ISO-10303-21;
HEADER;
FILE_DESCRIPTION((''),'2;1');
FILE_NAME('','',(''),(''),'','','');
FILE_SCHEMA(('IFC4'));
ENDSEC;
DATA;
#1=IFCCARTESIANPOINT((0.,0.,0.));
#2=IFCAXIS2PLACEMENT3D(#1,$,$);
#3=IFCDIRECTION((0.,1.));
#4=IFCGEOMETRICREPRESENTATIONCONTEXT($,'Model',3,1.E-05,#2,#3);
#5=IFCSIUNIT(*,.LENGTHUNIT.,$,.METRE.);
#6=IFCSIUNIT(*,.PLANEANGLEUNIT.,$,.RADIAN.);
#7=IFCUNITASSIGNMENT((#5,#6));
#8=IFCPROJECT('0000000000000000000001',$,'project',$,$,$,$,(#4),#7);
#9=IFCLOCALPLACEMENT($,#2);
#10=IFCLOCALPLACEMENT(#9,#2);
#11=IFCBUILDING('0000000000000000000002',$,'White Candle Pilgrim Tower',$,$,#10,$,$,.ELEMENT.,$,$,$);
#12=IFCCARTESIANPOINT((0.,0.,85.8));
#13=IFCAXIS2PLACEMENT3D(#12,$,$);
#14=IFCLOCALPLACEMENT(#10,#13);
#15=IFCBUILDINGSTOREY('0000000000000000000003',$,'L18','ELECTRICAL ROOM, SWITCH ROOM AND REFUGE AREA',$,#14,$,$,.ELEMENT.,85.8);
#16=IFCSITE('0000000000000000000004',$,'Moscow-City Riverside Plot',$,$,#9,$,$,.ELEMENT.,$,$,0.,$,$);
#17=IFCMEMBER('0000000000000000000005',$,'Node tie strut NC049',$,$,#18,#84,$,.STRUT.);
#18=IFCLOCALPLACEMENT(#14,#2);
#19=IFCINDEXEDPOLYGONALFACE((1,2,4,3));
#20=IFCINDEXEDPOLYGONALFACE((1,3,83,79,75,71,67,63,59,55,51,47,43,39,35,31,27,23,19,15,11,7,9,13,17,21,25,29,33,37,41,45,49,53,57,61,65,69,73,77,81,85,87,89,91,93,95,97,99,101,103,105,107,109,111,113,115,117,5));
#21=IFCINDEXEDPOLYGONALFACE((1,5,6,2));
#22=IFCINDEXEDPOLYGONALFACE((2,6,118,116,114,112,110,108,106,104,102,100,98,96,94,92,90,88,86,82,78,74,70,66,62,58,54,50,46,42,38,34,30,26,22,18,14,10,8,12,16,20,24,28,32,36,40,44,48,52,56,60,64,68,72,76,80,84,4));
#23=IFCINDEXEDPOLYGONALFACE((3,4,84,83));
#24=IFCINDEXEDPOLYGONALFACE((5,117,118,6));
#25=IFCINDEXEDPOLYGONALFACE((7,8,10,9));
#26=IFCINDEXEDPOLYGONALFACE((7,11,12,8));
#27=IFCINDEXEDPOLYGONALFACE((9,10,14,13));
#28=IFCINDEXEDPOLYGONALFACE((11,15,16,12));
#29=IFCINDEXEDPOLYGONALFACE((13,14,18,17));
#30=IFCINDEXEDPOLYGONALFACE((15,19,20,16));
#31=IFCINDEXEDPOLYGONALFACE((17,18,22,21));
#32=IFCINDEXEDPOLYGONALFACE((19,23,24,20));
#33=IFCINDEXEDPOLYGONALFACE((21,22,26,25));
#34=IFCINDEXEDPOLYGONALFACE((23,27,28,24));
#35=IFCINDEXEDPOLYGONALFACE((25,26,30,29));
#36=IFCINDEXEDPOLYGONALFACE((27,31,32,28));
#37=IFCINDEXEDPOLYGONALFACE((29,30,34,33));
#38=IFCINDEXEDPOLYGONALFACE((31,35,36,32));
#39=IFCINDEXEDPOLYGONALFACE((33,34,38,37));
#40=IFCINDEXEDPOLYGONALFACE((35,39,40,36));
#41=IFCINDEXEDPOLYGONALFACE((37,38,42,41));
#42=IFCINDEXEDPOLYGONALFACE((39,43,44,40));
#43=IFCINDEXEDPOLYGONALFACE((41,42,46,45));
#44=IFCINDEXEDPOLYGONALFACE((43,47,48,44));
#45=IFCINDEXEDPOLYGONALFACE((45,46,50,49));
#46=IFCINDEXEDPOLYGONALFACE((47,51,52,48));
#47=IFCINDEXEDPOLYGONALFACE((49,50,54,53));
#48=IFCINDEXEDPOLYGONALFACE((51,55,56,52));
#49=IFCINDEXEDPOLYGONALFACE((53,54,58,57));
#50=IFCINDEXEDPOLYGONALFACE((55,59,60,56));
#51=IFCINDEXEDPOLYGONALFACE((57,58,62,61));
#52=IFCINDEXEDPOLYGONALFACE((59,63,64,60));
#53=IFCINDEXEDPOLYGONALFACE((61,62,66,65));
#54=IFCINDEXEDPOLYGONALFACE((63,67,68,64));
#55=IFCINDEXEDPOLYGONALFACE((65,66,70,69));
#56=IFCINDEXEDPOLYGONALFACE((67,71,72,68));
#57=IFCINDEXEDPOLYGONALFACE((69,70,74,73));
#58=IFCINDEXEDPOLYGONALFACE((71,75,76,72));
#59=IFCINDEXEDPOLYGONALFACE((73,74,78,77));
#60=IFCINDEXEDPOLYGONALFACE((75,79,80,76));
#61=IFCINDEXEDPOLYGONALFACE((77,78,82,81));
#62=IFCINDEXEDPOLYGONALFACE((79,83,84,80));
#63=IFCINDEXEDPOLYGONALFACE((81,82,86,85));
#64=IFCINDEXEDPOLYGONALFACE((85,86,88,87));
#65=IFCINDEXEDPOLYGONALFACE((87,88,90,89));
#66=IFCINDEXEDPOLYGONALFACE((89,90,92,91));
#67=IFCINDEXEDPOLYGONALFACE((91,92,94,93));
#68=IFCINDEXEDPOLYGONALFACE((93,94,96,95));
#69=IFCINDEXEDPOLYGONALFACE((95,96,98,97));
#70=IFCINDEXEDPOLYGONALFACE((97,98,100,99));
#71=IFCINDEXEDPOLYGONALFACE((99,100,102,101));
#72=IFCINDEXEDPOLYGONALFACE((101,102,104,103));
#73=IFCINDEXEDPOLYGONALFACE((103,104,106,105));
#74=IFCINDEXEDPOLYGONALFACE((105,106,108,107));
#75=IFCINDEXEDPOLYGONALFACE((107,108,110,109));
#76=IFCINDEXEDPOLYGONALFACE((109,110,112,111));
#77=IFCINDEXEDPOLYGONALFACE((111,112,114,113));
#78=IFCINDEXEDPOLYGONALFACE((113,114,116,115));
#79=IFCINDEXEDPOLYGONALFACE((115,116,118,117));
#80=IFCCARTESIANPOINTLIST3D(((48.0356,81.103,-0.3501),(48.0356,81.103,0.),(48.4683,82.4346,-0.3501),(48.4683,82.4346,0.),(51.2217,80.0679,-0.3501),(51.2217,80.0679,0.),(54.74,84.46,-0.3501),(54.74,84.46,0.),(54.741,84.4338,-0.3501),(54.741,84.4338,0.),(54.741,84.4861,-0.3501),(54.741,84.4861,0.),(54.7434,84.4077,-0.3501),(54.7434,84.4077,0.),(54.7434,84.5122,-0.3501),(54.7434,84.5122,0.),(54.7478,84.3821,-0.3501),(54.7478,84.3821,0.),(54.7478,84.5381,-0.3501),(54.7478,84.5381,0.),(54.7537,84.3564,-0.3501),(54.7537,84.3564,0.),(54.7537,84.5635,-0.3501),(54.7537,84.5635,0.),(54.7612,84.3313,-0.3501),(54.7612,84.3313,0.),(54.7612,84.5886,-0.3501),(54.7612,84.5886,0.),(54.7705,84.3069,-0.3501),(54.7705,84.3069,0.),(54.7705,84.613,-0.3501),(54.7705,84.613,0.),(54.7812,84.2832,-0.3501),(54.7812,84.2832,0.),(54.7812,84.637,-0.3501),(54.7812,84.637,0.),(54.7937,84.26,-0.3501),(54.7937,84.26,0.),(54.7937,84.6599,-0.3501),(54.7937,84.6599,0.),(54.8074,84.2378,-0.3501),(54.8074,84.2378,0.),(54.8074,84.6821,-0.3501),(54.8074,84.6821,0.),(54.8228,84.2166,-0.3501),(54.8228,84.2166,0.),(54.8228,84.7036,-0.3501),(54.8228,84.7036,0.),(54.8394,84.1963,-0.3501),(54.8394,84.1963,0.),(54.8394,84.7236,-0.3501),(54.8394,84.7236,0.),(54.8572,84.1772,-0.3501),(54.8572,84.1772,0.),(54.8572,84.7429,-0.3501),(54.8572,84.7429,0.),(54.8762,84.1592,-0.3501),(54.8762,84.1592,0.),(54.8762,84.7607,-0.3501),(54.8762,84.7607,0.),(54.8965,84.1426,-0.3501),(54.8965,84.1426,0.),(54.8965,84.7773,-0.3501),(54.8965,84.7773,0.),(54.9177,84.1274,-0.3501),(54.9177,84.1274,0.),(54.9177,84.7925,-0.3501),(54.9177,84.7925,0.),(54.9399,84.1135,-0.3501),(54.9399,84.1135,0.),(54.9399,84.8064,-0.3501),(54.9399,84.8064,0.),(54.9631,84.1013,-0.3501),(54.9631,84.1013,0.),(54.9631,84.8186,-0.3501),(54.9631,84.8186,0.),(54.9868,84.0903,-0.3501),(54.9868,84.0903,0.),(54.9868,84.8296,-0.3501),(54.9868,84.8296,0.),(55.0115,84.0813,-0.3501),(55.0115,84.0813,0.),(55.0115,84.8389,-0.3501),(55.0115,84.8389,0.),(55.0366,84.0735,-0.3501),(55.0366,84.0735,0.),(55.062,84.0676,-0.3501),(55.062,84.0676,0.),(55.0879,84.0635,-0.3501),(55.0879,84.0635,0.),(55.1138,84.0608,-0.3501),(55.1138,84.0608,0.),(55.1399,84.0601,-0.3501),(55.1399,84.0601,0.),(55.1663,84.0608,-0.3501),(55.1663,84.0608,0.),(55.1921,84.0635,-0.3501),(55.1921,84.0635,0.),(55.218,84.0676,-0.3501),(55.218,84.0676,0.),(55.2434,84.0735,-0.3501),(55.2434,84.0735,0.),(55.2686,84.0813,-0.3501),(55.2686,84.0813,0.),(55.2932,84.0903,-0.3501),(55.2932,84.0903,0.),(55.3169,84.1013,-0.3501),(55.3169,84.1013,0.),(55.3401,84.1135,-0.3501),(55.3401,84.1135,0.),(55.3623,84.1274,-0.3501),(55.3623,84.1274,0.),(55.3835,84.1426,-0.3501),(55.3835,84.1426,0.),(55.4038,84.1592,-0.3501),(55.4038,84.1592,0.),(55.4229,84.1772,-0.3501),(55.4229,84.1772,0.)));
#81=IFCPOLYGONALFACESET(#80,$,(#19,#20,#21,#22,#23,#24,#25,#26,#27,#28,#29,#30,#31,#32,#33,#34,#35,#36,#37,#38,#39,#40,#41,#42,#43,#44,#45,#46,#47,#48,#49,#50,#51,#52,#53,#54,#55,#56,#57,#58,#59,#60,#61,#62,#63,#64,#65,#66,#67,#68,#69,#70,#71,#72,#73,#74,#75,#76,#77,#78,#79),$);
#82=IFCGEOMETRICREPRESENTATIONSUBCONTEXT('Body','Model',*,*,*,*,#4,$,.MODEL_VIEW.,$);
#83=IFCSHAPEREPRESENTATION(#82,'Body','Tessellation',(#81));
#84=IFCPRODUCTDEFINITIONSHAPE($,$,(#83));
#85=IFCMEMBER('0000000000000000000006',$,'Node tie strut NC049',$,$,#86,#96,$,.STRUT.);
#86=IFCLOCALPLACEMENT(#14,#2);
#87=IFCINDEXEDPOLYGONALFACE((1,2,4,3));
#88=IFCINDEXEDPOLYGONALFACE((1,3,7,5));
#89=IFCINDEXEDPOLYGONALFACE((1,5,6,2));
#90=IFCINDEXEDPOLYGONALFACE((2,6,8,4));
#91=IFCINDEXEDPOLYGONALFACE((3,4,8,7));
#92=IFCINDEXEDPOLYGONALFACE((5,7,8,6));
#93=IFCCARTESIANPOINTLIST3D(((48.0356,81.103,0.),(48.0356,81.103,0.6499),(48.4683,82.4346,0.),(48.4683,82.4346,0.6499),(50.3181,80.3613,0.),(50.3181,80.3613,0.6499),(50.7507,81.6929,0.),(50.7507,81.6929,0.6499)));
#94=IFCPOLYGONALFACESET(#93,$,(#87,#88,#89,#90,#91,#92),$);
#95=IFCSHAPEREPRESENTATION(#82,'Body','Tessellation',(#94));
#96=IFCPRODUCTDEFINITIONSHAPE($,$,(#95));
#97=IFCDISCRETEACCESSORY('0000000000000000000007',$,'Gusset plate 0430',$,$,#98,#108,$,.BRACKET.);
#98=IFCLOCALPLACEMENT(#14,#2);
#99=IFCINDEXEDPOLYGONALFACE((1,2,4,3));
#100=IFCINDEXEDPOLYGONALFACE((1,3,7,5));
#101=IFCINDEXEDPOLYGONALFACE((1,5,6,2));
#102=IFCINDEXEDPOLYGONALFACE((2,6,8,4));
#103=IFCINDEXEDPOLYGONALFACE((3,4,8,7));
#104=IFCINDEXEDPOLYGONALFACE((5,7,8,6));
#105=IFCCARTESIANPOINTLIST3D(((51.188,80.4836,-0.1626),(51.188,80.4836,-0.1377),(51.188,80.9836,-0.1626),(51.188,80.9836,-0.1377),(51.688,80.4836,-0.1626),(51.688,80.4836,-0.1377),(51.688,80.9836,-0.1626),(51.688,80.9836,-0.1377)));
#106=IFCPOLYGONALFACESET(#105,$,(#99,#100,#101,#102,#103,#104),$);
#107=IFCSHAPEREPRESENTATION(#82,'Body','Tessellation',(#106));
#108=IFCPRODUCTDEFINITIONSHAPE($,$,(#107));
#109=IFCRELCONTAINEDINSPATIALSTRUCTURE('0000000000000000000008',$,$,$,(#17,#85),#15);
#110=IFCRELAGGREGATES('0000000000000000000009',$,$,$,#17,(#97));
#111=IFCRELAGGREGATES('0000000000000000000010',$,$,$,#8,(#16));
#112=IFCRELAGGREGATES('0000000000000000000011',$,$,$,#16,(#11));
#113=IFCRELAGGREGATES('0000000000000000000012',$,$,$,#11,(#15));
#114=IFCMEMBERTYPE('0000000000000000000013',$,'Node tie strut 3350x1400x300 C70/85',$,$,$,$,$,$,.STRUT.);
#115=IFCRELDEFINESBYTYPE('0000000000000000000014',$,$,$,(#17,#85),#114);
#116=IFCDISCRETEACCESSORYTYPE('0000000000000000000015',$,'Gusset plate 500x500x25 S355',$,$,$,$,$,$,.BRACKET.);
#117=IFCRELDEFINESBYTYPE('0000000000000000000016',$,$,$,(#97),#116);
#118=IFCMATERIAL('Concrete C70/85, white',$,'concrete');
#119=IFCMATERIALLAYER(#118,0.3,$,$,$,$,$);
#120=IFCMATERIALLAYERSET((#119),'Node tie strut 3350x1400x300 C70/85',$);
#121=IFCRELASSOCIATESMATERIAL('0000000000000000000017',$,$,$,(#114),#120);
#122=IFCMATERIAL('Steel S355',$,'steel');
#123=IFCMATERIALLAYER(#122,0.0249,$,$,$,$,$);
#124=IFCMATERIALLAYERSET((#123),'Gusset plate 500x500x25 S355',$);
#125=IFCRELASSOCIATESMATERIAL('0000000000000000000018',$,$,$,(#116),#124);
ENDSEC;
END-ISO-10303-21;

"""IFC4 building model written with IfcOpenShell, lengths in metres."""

from ifc_helpers import new_model, si_unit, direction, frame, origin, origin_2d, place, context, subcontext, project, spatial, polyline, rectangle, outline, extrude, material, layer, layer_set, type_object, element, aggregate, save


model = new_model("IFC4")

# Units and contexts
model_context = context("Model", 3, precision=1e-05, world=origin(), true_north=direction((0.0, 1.0)))
body_context = subcontext(model_context, "Body", "Model", "MODEL_VIEW")
ifc_project = project(units=[si_unit("LENGTHUNIT", "METRE"), si_unit("PLANEANGLEUNIT", "RADIAN")], contexts=[model_context])

# Site, building, storey
site_placement = place(None, origin())
site = spatial("IfcSite", under=ifc_project, at=site_placement, Name="Moscow-City Riverside Plot", CompositionType="ELEMENT", RefElevation=0.0)
building_placement = place(site_placement, origin())
building = spatial("IfcBuilding", under=site, at=building_placement, Name="White Candle Pilgrim Tower", CompositionType="ELEMENT")
storey_placement = place(building_placement, frame((0.0, 0.0, 85.8)))
storey = spatial("IfcBuildingStorey", under=building, at=storey_placement, Name="L18", Description="ELECTRICAL ROOM, SWITCH ROOM AND REFUGE AREA", CompositionType="ELEMENT", Elevation=85.8)

# Members
ifc_material_1 = material(Name="Concrete C70/85, white", Category="concrete")
ifc_layer_1 = layer(ifc_material_1, 0.3)
ifc_layer_set_1 = layer_set([ifc_layer_1], Name="Node tie strut 3350x1400x300 C70/85")
member_type_1 = type_object("IfcMemberType", Name="Node tie strut 3350x1400x300 C70/85", PredefinedType="STRUT", material=ifc_layer_set_1)
member_1_placement = place(storey_placement, frame((0.0, 0.0, -0.3501)))
member_1 = element("IfcMember", 1, at=member_1_placement, inside=storey, type_object=member_type_1, Name="Node tie strut NC049", PredefinedType="STRUT", context=body_context, shape_type="SweptSolid", body=[
    extrude(outline(polyline([(51.2217, 80.0679), (55.4229, 84.1772), (55.4038, 84.1592), (55.3835, 84.1426), (55.3623, 84.1274), (55.3401, 84.1135), (55.3169, 84.1013), (55.2932, 84.0903), (55.2686, 84.0813), (55.2434, 84.0735), (55.218, 84.0676), (55.1921, 84.0635), (55.1663, 84.0608), (55.1399, 84.0601), (55.1138, 84.0608), (55.0879, 84.0635), (55.062, 84.0676), (55.0366, 84.0735), (55.0115, 84.0813), (54.9868, 84.0903), (54.9631, 84.1013), (54.9399, 84.1135), (54.9177, 84.1274), (54.8965, 84.1426), (54.8762, 84.1592), (54.8572, 84.1772), (54.8394, 84.1963), (54.8228, 84.2166), (54.8074, 84.2378), (54.7937, 84.26), (54.7812, 84.2832), (54.7705, 84.3069), (54.7612, 84.3313), (54.7537, 84.3564), (54.7478, 84.3821), (54.7434, 84.4077), (54.741, 84.4338), (54.74, 84.46), (54.741, 84.4861), (54.7434, 84.5122), (54.7478, 84.5381), (54.7537, 84.5635), (54.7612, 84.5886), (54.7705, 84.613), (54.7812, 84.637), (54.7937, 84.6599), (54.8074, 84.6821), (54.8228, 84.7036), (54.8394, 84.7236), (54.8572, 84.7429), (54.8762, 84.7607), (54.8965, 84.7773), (54.9177, 84.7925), (54.9399, 84.8064), (54.9631, 84.8186), (54.9868, 84.8296), (55.0115, 84.8389), (48.4683, 82.4346), (48.0356, 81.103), (51.2217, 80.0679)])), origin(), (0.0, 0.0, 1.0), 0.3501),
])
member_2_placement = place(storey_placement, origin())
element("IfcMember", 2, at=member_2_placement, inside=storey, type_object=member_type_1, Name="Node tie strut NC049", PredefinedType="STRUT", context=body_context, shape_type="SweptSolid", body=[
    extrude(outline(polyline([(50.3181, 80.3613), (50.7507, 81.6929), (48.4683, 82.4346), (48.0356, 81.103), (50.3181, 80.3613)])), origin(), (0.0, 0.0, 1.0), 0.6499),
])

# Discrete accessory
ifc_material_2 = material(Name="Steel S355", Category="steel")
ifc_layer_2 = layer(ifc_material_2, 0.0249)
ifc_layer_set_2 = layer_set([ifc_layer_2], Name="Gusset plate 500x500x25 S355")
discrete_accessory_type = type_object("IfcDiscreteAccessoryType", Name="Gusset plate 500x500x25 S355", PredefinedType="BRACKET", material=ifc_layer_set_2)
discrete_accessory_1_placement = place(storey_placement, frame((51.438, 80.7336, -0.1626), z_axis=(0.0, 0.0, 1.0), x_axis=(1.0, 0.0, 0.0)))
discrete_accessory_1 = element("IfcDiscreteAccessory", 3, at=discrete_accessory_1_placement, type_object=discrete_accessory_type, Name="Gusset plate 0430", PredefinedType="BRACKET", context=body_context, shape_type="SweptSolid", body=[
    extrude(rectangle(XDim=0.5, YDim=0.5, at=origin_2d()), origin(), (0.0, 0.0, 1.0), 0.0249),
])
aggregate(member_1, [discrete_accessory_1])

save(model, "model.ifc")
